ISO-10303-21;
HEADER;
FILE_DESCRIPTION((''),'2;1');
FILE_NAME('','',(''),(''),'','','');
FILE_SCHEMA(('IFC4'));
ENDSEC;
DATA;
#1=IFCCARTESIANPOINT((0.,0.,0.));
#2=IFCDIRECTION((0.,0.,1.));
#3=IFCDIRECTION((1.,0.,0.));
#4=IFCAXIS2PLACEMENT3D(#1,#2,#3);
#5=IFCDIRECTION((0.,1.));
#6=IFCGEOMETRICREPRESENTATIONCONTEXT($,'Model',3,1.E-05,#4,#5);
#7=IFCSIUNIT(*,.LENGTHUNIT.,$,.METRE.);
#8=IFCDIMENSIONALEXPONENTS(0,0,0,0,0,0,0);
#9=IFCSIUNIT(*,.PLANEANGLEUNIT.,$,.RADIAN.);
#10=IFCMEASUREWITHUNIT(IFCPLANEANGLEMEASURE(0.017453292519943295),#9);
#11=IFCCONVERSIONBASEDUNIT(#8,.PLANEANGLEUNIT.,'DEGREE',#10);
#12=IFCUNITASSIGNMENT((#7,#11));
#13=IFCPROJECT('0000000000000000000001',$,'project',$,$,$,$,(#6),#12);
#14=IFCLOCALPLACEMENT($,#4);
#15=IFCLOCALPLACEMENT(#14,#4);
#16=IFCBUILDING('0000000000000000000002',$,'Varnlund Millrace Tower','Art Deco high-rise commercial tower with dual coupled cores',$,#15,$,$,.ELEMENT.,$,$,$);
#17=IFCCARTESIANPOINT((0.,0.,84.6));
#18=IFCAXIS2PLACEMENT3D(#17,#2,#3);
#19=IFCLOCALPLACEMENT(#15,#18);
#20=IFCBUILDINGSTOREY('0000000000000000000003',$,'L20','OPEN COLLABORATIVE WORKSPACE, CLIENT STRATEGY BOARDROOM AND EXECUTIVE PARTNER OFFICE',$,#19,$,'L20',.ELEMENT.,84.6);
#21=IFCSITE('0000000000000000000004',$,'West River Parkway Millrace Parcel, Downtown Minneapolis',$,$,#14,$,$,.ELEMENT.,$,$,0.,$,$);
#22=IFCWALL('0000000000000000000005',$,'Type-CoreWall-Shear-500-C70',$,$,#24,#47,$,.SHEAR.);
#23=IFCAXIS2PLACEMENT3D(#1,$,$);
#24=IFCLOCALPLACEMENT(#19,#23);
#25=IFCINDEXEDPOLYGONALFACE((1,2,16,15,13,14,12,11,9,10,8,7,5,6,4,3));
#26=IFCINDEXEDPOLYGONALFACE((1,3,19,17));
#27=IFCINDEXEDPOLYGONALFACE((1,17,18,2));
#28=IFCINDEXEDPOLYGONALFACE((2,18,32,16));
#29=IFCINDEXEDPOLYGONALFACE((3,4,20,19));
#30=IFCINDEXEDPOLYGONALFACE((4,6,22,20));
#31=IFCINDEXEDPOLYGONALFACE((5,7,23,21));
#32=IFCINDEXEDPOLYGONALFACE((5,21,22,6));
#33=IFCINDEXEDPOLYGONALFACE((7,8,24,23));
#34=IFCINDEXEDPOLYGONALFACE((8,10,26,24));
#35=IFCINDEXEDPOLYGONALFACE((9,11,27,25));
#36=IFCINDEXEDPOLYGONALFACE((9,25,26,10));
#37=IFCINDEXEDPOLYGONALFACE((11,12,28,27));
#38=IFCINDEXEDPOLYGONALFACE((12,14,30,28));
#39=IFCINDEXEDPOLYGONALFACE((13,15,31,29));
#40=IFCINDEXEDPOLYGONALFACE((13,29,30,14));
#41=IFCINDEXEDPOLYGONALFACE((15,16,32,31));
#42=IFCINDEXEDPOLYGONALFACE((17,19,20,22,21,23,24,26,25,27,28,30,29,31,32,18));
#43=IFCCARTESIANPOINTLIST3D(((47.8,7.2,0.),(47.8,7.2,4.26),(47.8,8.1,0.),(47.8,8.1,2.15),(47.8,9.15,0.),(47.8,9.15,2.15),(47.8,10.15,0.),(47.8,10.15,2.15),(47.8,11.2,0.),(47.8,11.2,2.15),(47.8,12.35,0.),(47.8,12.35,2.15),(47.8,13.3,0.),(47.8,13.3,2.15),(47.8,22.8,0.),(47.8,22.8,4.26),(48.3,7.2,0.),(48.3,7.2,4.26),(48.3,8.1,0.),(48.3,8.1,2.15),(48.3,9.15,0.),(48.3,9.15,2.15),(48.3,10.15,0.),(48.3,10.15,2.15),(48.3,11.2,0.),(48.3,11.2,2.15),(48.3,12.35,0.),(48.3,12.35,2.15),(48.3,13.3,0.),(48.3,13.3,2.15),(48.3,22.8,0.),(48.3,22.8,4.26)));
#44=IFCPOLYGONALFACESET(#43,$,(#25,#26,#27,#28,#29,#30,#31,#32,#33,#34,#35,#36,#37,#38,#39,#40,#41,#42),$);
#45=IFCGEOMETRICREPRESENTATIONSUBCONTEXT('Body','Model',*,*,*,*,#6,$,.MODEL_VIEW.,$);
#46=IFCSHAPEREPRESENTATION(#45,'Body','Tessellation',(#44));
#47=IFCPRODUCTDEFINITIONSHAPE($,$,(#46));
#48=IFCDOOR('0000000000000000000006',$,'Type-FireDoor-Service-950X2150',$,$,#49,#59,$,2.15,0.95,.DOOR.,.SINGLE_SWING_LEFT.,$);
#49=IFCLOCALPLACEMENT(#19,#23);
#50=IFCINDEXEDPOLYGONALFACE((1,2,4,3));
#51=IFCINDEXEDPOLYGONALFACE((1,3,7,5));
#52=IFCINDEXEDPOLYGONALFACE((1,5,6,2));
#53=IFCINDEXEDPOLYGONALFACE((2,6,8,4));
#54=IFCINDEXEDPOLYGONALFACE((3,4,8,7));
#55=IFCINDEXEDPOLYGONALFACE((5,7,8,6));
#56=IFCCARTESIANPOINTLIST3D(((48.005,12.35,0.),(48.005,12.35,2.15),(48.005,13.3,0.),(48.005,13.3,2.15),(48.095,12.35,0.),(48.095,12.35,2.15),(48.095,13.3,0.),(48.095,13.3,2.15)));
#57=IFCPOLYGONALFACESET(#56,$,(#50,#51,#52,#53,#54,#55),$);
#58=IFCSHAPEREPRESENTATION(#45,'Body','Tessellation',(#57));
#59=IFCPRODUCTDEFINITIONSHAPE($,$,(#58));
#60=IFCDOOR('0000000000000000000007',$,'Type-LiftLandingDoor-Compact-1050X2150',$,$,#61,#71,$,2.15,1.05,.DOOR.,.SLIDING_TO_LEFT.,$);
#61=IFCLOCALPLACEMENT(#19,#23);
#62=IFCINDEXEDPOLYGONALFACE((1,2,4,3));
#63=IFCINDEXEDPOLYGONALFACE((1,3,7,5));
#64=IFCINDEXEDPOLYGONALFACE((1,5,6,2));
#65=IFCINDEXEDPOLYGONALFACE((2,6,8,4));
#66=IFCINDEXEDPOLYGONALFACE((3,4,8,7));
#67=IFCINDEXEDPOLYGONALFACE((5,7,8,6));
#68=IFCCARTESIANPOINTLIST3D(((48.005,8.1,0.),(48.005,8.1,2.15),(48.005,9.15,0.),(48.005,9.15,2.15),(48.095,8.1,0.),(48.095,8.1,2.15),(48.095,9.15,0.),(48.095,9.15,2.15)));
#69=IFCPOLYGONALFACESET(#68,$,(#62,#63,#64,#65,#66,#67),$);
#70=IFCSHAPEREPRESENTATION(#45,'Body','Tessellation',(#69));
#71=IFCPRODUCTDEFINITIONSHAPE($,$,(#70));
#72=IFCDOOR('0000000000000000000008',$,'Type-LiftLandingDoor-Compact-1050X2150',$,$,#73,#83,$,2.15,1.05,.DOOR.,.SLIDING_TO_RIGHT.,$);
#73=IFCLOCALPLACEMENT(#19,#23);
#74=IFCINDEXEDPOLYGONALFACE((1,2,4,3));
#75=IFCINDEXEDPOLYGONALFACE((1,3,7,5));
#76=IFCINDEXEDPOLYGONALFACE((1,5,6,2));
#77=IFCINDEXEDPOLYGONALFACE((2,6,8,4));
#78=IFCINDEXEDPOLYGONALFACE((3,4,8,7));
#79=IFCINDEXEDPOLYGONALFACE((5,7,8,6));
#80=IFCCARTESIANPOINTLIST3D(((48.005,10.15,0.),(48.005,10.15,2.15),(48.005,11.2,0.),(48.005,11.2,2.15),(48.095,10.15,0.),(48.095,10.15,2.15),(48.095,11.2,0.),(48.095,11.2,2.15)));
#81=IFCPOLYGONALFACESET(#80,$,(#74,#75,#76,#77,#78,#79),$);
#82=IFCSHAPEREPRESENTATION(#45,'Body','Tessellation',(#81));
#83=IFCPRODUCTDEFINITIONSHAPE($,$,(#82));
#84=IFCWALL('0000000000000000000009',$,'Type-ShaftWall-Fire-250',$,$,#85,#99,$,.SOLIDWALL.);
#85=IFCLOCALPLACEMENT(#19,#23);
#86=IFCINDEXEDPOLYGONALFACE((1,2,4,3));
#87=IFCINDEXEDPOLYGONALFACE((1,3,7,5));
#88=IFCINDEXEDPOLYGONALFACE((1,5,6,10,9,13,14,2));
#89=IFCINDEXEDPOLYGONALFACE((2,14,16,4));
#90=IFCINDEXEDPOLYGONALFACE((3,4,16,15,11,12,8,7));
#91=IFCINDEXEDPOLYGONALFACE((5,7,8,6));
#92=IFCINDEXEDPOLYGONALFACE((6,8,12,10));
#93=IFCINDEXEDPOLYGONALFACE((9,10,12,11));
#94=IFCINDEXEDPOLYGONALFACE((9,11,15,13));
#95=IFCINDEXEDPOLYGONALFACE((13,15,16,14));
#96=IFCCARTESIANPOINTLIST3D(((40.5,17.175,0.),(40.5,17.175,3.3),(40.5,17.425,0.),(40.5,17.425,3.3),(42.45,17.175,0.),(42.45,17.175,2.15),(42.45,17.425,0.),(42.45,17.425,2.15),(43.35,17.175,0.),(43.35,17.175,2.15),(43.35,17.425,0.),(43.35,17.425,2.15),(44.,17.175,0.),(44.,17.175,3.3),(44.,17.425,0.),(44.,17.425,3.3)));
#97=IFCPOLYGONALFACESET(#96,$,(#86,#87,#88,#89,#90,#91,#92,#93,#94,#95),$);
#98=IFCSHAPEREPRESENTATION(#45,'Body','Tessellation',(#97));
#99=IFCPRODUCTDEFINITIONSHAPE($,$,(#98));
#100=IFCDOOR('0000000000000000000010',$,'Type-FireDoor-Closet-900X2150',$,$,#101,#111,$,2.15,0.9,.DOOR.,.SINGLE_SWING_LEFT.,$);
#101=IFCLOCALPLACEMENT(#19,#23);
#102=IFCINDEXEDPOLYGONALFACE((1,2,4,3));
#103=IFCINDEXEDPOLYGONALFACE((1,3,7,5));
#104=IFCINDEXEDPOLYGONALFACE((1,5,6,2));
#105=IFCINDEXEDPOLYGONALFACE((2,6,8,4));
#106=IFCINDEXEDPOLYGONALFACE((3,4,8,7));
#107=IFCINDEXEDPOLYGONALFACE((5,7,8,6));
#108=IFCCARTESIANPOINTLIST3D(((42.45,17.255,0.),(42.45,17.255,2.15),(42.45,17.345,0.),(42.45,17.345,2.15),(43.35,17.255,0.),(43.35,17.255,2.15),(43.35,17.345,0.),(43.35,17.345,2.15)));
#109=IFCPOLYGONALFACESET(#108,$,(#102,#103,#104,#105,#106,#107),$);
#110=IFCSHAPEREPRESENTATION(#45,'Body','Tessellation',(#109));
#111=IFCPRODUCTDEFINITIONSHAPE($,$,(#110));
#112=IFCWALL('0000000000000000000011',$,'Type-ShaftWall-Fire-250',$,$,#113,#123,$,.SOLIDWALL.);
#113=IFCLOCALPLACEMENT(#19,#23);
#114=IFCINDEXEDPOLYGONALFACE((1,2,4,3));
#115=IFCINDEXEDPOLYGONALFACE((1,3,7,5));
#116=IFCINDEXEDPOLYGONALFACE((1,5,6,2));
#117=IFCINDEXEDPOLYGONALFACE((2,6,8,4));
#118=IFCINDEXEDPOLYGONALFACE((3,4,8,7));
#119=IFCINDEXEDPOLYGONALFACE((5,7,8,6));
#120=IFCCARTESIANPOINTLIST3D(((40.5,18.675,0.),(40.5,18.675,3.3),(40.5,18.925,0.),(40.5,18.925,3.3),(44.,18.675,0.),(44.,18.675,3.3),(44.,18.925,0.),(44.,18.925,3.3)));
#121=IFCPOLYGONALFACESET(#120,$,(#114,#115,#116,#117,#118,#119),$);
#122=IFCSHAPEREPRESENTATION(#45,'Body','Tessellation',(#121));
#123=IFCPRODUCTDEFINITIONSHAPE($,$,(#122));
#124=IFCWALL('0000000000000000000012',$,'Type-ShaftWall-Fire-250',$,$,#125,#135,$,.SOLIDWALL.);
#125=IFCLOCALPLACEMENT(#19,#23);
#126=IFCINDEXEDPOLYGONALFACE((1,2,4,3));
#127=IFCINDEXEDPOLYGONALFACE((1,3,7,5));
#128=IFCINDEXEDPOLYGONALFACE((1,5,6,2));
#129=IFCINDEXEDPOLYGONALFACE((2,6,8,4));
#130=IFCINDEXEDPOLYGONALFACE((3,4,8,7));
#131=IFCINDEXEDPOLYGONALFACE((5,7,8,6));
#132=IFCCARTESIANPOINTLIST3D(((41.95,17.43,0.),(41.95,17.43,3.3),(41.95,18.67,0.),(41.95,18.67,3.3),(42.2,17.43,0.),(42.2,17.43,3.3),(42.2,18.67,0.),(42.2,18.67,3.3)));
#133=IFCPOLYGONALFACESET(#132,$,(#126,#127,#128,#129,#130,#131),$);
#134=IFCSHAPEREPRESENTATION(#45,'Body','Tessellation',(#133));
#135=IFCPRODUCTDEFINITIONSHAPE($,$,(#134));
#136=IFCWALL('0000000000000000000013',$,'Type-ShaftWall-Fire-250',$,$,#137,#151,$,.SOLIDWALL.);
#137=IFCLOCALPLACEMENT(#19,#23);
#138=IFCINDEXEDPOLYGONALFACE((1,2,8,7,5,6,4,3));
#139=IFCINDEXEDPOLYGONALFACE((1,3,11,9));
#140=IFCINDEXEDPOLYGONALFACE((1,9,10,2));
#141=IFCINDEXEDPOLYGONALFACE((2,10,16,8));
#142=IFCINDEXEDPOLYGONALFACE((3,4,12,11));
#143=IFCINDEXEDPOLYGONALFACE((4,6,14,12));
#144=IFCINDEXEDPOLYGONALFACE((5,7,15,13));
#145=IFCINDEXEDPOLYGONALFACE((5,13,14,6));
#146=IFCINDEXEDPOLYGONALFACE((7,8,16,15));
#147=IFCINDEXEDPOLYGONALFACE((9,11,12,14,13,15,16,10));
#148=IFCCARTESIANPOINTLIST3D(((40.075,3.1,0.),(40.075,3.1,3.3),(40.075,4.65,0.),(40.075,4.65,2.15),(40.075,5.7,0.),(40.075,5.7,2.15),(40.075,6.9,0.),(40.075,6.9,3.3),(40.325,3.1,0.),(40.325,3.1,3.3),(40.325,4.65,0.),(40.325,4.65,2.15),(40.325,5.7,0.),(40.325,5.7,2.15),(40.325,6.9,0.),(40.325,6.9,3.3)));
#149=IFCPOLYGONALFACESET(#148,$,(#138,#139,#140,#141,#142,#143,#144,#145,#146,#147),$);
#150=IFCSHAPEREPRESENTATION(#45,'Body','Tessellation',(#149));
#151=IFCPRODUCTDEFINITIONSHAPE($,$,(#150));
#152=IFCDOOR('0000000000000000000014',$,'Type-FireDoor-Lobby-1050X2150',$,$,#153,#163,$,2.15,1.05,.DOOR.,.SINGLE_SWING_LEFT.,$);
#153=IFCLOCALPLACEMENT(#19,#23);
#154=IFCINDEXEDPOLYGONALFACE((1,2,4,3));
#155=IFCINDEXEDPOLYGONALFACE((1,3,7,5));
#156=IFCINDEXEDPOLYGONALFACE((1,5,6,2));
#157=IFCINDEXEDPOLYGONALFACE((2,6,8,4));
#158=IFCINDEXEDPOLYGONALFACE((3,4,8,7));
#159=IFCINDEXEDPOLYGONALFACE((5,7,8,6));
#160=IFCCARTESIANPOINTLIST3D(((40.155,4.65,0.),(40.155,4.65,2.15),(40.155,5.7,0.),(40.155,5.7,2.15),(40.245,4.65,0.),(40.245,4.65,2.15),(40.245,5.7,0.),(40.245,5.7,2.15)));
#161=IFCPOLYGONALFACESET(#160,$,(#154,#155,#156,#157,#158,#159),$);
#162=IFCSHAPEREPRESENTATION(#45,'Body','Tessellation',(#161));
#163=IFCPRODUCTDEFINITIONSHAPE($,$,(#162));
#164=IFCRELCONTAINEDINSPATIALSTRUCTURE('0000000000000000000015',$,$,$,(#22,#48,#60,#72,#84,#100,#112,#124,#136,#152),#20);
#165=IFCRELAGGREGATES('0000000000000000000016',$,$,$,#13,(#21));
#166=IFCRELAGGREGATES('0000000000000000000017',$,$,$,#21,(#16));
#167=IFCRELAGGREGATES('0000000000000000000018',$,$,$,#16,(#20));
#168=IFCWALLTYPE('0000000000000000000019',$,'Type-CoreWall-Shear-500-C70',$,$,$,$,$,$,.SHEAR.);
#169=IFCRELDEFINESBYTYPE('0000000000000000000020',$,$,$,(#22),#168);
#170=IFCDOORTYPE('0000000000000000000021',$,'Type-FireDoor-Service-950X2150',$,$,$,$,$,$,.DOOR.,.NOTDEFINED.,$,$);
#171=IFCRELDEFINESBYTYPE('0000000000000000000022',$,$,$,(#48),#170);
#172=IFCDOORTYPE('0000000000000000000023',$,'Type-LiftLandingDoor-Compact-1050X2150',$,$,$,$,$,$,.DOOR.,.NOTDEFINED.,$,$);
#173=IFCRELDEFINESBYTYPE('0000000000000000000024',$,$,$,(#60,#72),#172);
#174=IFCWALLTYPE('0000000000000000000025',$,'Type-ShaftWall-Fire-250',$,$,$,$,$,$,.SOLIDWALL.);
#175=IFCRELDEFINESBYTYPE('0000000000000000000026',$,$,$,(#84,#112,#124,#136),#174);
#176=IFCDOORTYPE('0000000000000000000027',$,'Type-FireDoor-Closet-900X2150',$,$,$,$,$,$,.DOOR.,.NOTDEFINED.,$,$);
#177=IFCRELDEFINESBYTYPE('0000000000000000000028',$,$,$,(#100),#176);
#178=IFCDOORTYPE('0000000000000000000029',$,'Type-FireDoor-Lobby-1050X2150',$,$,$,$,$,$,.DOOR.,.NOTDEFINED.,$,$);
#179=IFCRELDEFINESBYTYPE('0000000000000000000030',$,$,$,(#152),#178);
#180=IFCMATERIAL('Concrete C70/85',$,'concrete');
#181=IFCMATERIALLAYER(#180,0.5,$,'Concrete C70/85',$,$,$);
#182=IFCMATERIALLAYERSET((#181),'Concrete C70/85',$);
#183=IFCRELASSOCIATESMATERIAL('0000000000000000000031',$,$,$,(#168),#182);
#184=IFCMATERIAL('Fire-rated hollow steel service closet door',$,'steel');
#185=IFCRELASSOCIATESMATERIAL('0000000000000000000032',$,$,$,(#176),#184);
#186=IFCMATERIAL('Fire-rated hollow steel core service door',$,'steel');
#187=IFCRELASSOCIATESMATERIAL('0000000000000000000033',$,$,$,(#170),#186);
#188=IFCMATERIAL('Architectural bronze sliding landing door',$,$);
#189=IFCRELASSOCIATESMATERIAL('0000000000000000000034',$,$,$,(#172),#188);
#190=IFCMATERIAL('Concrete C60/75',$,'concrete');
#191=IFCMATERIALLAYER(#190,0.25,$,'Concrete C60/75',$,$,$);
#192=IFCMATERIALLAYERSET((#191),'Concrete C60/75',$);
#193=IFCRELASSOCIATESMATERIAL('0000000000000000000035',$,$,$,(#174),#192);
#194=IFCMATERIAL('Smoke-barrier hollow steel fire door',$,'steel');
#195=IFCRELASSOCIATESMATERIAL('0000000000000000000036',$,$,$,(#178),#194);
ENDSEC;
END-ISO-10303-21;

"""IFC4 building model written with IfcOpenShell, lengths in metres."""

from ifc_helpers import new_model, entity, si_unit, converted_unit, direction, frame, origin_with_axes, origin_2d_with_axis, place, context, subcontext, project, spatial, polyline, rectangle, outline, extrude, material, layer, layer_set, type_object, element, fill, save


model = new_model("IFC4")

# Units and contexts
model_context = context("Model", 3, precision=1e-05, world=origin_with_axes(), true_north=direction((0.0, 1.0)))
body_context = subcontext(model_context, "Body", "Model", "MODEL_VIEW")
ifc_project = project(units=[si_unit("LENGTHUNIT", "METRE"), converted_unit("PLANEANGLEUNIT", "DEGREE", entity("IfcPlaneAngleMeasure", 0.017453292519943295), si_unit("PLANEANGLEUNIT", "RADIAN"), dimensions=[0, 0, 0, 0, 0, 0, 0])], contexts=[model_context])

# Site, building, storey
site_placement = place(None, origin_with_axes())
site = spatial("IfcSite", under=ifc_project, at=site_placement, Name="West River Parkway Millrace Parcel, Downtown Minneapolis", CompositionType="ELEMENT", RefElevation=0.0)
building_placement = place(site_placement, origin_with_axes())
building = spatial("IfcBuilding", under=site, at=building_placement, Name="Varnlund Millrace Tower", Description="Art Deco high-rise commercial tower with dual coupled cores", CompositionType="ELEMENT")
storey_placement = place(building_placement, frame((0.0, 0.0, 84.6), z_axis=(0.0, 0.0, 1.0), x_axis=(1.0, 0.0, 0.0)))
storey = spatial("IfcBuildingStorey", under=building, at=storey_placement, Name="L20", Description="OPEN COLLABORATIVE WORKSPACE, CLIENT STRATEGY BOARDROOM AND EXECUTIVE PARTNER OFFICE", LongName="L20", CompositionType="ELEMENT", Elevation=84.6)

# Shared definitions
ifc_material_1 = material(Name="Concrete C70/85", Category="concrete")
ifc_layer_1 = layer(ifc_material_1, 0.5, Name="Concrete C70/85")
ifc_layer_set_1 = layer_set([ifc_layer_1], Name="Concrete C70/85")
wall_type_1 = type_object("IfcWallType", Name="Type-CoreWall-Shear-500-C70", PredefinedType="SHEAR", material=ifc_layer_set_1)
ifc_material_2 = material(Name="Fire-rated hollow steel service closet door", Category="steel")
door_type_1 = type_object("IfcDoorType", Name="Type-FireDoor-Closet-900X2150", OperationType="NOTDEFINED", PredefinedType="DOOR", material=ifc_material_2)

# Wall, openings, doors
wall_1_placement = place(storey_placement, frame((48.05, 7.2, 0.0), z_axis=(0.0, 0.0, 1.0), x_axis=(0.0, 1.0, 0.0)))
wall_1 = element("IfcWall", 1, at=wall_1_placement, inside=storey, type_object=wall_type_1, Name="Type-CoreWall-Shear-500-C70", PredefinedType="SHEAR", context=body_context, shape_type="SweptSolid", body=[
    extrude(outline(polyline([(0.0, -0.25), (15.6, -0.25), (15.6, 0.25), (0.0, 0.25), (0.0, -0.25)])), origin_with_axes(), (0.0, 0.0, 1.0), 4.26),
])
opening_1_placement = place(wall_1_placement, frame((1.425, 0.0, 0.0), z_axis=(0.0, 0.0, 1.0), x_axis=(1.0, 0.0, 0.0)))
opening_1 = element("IfcOpeningElement", 2, at=opening_1_placement, cuts=wall_1, PredefinedType="OPENING", context=body_context, shape_type="SweptSolid", body=[
    extrude(rectangle(XDim=1.05, YDim=0.52, at=origin_2d_with_axis()), origin_with_axes(), (0.0, 0.0, 1.0), 2.15),
])
opening_2_placement = place(wall_1_placement, frame((3.475, 0.0, 0.0), z_axis=(0.0, 0.0, 1.0), x_axis=(1.0, 0.0, 0.0)))
opening_2 = element("IfcOpeningElement", 3, at=opening_2_placement, cuts=wall_1, PredefinedType="OPENING", context=body_context, shape_type="SweptSolid", body=[
    extrude(rectangle(XDim=1.05, YDim=0.52, at=origin_2d_with_axis()), origin_with_axes(), (0.0, 0.0, 1.0), 2.15),
])
opening_3_placement = place(wall_1_placement, frame((5.625, 0.0, 0.0), z_axis=(0.0, 0.0, 1.0), x_axis=(1.0, 0.0, 0.0)))
opening_3 = element("IfcOpeningElement", 4, at=opening_3_placement, cuts=wall_1, PredefinedType="OPENING", context=body_context, shape_type="SweptSolid", body=[
    extrude(rectangle(XDim=0.95, YDim=0.52, at=origin_2d_with_axis()), origin_with_axes(), (0.0, 0.0, 1.0), 2.15),
])
ifc_material_3 = material(Name="Fire-rated hollow steel core service door", Category="steel")
door_type_2 = type_object("IfcDoorType", Name="Type-FireDoor-Service-950X2150", OperationType="NOTDEFINED", PredefinedType="DOOR", material=ifc_material_3)
door_1_placement = place(wall_1_placement, frame((5.625, 0.0, 0.0), z_axis=(0.0, 0.0, 1.0), x_axis=(1.0, 0.0, 0.0)))
door_1 = element("IfcDoor", 5, at=door_1_placement, inside=storey, type_object=door_type_2, Name="Type-FireDoor-Service-950X2150", OperationType="SINGLE_SWING_LEFT", OverallHeight=2.15, OverallWidth=0.95, PredefinedType="DOOR", context=body_context, shape_type="SweptSolid", body=[
    extrude(rectangle(XDim=0.95, YDim=0.09, at=origin_2d_with_axis()), origin_with_axes(), (0.0, 0.0, 1.0), 2.15),
])
fill(opening_3, door_1)
ifc_material_4 = material(Name="Architectural bronze sliding landing door")
door_type_3 = type_object("IfcDoorType", Name="Type-LiftLandingDoor-Compact-1050X2150", OperationType="NOTDEFINED", PredefinedType="DOOR", material=ifc_material_4)
door_2_placement = place(wall_1_placement, frame((1.425, 0.0, 0.0), z_axis=(0.0, 0.0, 1.0), x_axis=(1.0, 0.0, 0.0)))
door_2 = element("IfcDoor", 6, at=door_2_placement, inside=storey, type_object=door_type_3, Name="Type-LiftLandingDoor-Compact-1050X2150", OperationType="SLIDING_TO_LEFT", OverallHeight=2.15, OverallWidth=1.05, PredefinedType="DOOR", context=body_context, shape_type="SweptSolid", body=[
    extrude(rectangle(XDim=1.05, YDim=0.09, at=origin_2d_with_axis()), origin_with_axes(), (0.0, 0.0, 1.0), 2.15),
])
fill(opening_1, door_2)
door_3_placement = place(wall_1_placement, frame((3.475, 0.0, 0.0), z_axis=(0.0, 0.0, 1.0), x_axis=(1.0, 0.0, 0.0)))
door_3 = element("IfcDoor", 7, at=door_3_placement, inside=storey, type_object=door_type_3, Name="Type-LiftLandingDoor-Compact-1050X2150", OperationType="SLIDING_TO_RIGHT", OverallHeight=2.15, OverallWidth=1.05, PredefinedType="DOOR", context=body_context, shape_type="SweptSolid", body=[
    extrude(rectangle(XDim=1.05, YDim=0.09, at=origin_2d_with_axis()), origin_with_axes(), (0.0, 0.0, 1.0), 2.15),
])
fill(opening_2, door_3)

# Wall, opening, door
ifc_material_5 = material(Name="Concrete C60/75", Category="concrete")
ifc_layer_2 = layer(ifc_material_5, 0.25, Name="Concrete C60/75")
ifc_layer_set_2 = layer_set([ifc_layer_2], Name="Concrete C60/75")
wall_type_2 = type_object("IfcWallType", Name="Type-ShaftWall-Fire-250", PredefinedType="SOLIDWALL", material=ifc_layer_set_2)
wall_2_placement = place(storey_placement, frame((40.5, 17.3, 0.0), z_axis=(0.0, 0.0, 1.0), x_axis=(1.0, 0.0, 0.0)))
wall_2 = element("IfcWall", 8, at=wall_2_placement, inside=storey, type_object=wall_type_2, Name="Type-ShaftWall-Fire-250", PredefinedType="SOLIDWALL", context=body_context, shape_type="SweptSolid", body=[
    extrude(outline(polyline([(0.0, -0.125), (3.5, -0.125), (3.5, 0.125), (0.0, 0.125), (0.0, -0.125)])), origin_with_axes(), (0.0, 0.0, 1.0), 3.3),
])
opening_4_placement = place(wall_2_placement, frame((2.4, 0.0, 0.0), z_axis=(0.0, 0.0, 1.0), x_axis=(1.0, 0.0, 0.0)))
opening_4 = element("IfcOpeningElement", 9, at=opening_4_placement, cuts=wall_2, PredefinedType="OPENING", context=body_context, shape_type="SweptSolid", body=[
    extrude(rectangle(XDim=0.9, YDim=0.27, at=origin_2d_with_axis()), origin_with_axes(), (0.0, 0.0, 1.0), 2.15),
])
door_4_placement = place(wall_2_placement, frame((2.4, 0.0, 0.0), z_axis=(0.0, 0.0, 1.0), x_axis=(1.0, 0.0, 0.0)))
door_4 = element("IfcDoor", 10, at=door_4_placement, inside=storey, type_object=door_type_1, Name="Type-FireDoor-Closet-900X2150", OperationType="SINGLE_SWING_LEFT", OverallHeight=2.15, OverallWidth=0.9, PredefinedType="DOOR", context=body_context, shape_type="SweptSolid", body=[
    extrude(rectangle(XDim=0.9, YDim=0.09, at=origin_2d_with_axis()), origin_with_axes(), (0.0, 0.0, 1.0), 2.15),
])
fill(opening_4, door_4)

# Walls
wall_3_placement = place(storey_placement, frame((40.5, 18.8, 0.0), z_axis=(0.0, 0.0, 1.0), x_axis=(1.0, 0.0, 0.0)))
element("IfcWall", 11, at=wall_3_placement, inside=storey, type_object=wall_type_2, Name="Type-ShaftWall-Fire-250", PredefinedType="SOLIDWALL", context=body_context, shape_type="SweptSolid", body=[
    extrude(outline(polyline([(0.0, -0.125), (3.5, -0.125), (3.5, 0.125), (0.0, 0.125), (0.0, -0.125)])), origin_with_axes(), (0.0, 0.0, 1.0), 3.3),
])
wall_4_placement = place(storey_placement, frame((42.075, 17.43, 0.0), z_axis=(0.0, 0.0, 1.0), x_axis=(0.0, 1.0, 0.0)))
element("IfcWall", 12, at=wall_4_placement, inside=storey, type_object=wall_type_2, Name="Type-ShaftWall-Fire-250", PredefinedType="SOLIDWALL", context=body_context, shape_type="SweptSolid", body=[
    extrude(outline(polyline([(0.0, -0.125), (1.24, -0.125), (1.24, 0.125), (0.0, 0.125), (0.0, -0.125)])), origin_with_axes(), (0.0, 0.0, 1.0), 3.3),
])

# Wall, opening, door
wall_5_placement = place(storey_placement, frame((40.2, 3.1, 0.0), z_axis=(0.0, 0.0, 1.0), x_axis=(0.0, 1.0, 0.0)))
wall_5 = element("IfcWall", 13, at=wall_5_placement, inside=storey, type_object=wall_type_2, Name="Type-ShaftWall-Fire-250", PredefinedType="SOLIDWALL", context=body_context, shape_type="SweptSolid", body=[
    extrude(outline(polyline([(0.0, -0.125), (3.8, -0.125), (3.8, 0.125), (0.0, 0.125), (0.0, -0.125)])), origin_with_axes(), (0.0, 0.0, 1.0), 3.3),
])
opening_5_placement = place(wall_5_placement, frame((2.075, 0.0, 0.0), z_axis=(0.0, 0.0, 1.0), x_axis=(1.0, 0.0, 0.0)))
opening_5 = element("IfcOpeningElement", 14, at=opening_5_placement, cuts=wall_5, PredefinedType="OPENING", context=body_context, shape_type="SweptSolid", body=[
    extrude(rectangle(XDim=1.05, YDim=0.27, at=origin_2d_with_axis()), origin_with_axes(), (0.0, 0.0, 1.0), 2.15),
])
ifc_material_6 = material(Name="Smoke-barrier hollow steel fire door", Category="steel")
door_type_4 = type_object("IfcDoorType", Name="Type-FireDoor-Lobby-1050X2150", OperationType="NOTDEFINED", PredefinedType="DOOR", material=ifc_material_6)
door_5_placement = place(wall_5_placement, frame((2.075, 0.0, 0.0), z_axis=(0.0, 0.0, 1.0), x_axis=(1.0, 0.0, 0.0)))
door_5 = element("IfcDoor", 15, at=door_5_placement, inside=storey, type_object=door_type_4, Name="Type-FireDoor-Lobby-1050X2150", OperationType="SINGLE_SWING_LEFT", OverallHeight=2.15, OverallWidth=1.05, PredefinedType="DOOR", context=body_context, shape_type="SweptSolid", body=[
    extrude(rectangle(XDim=1.05, YDim=0.09, at=origin_2d_with_axis()), origin_with_axes(), (0.0, 0.0, 1.0), 2.15),
])
fill(opening_5, door_5)

save(model, "model.ifc")
